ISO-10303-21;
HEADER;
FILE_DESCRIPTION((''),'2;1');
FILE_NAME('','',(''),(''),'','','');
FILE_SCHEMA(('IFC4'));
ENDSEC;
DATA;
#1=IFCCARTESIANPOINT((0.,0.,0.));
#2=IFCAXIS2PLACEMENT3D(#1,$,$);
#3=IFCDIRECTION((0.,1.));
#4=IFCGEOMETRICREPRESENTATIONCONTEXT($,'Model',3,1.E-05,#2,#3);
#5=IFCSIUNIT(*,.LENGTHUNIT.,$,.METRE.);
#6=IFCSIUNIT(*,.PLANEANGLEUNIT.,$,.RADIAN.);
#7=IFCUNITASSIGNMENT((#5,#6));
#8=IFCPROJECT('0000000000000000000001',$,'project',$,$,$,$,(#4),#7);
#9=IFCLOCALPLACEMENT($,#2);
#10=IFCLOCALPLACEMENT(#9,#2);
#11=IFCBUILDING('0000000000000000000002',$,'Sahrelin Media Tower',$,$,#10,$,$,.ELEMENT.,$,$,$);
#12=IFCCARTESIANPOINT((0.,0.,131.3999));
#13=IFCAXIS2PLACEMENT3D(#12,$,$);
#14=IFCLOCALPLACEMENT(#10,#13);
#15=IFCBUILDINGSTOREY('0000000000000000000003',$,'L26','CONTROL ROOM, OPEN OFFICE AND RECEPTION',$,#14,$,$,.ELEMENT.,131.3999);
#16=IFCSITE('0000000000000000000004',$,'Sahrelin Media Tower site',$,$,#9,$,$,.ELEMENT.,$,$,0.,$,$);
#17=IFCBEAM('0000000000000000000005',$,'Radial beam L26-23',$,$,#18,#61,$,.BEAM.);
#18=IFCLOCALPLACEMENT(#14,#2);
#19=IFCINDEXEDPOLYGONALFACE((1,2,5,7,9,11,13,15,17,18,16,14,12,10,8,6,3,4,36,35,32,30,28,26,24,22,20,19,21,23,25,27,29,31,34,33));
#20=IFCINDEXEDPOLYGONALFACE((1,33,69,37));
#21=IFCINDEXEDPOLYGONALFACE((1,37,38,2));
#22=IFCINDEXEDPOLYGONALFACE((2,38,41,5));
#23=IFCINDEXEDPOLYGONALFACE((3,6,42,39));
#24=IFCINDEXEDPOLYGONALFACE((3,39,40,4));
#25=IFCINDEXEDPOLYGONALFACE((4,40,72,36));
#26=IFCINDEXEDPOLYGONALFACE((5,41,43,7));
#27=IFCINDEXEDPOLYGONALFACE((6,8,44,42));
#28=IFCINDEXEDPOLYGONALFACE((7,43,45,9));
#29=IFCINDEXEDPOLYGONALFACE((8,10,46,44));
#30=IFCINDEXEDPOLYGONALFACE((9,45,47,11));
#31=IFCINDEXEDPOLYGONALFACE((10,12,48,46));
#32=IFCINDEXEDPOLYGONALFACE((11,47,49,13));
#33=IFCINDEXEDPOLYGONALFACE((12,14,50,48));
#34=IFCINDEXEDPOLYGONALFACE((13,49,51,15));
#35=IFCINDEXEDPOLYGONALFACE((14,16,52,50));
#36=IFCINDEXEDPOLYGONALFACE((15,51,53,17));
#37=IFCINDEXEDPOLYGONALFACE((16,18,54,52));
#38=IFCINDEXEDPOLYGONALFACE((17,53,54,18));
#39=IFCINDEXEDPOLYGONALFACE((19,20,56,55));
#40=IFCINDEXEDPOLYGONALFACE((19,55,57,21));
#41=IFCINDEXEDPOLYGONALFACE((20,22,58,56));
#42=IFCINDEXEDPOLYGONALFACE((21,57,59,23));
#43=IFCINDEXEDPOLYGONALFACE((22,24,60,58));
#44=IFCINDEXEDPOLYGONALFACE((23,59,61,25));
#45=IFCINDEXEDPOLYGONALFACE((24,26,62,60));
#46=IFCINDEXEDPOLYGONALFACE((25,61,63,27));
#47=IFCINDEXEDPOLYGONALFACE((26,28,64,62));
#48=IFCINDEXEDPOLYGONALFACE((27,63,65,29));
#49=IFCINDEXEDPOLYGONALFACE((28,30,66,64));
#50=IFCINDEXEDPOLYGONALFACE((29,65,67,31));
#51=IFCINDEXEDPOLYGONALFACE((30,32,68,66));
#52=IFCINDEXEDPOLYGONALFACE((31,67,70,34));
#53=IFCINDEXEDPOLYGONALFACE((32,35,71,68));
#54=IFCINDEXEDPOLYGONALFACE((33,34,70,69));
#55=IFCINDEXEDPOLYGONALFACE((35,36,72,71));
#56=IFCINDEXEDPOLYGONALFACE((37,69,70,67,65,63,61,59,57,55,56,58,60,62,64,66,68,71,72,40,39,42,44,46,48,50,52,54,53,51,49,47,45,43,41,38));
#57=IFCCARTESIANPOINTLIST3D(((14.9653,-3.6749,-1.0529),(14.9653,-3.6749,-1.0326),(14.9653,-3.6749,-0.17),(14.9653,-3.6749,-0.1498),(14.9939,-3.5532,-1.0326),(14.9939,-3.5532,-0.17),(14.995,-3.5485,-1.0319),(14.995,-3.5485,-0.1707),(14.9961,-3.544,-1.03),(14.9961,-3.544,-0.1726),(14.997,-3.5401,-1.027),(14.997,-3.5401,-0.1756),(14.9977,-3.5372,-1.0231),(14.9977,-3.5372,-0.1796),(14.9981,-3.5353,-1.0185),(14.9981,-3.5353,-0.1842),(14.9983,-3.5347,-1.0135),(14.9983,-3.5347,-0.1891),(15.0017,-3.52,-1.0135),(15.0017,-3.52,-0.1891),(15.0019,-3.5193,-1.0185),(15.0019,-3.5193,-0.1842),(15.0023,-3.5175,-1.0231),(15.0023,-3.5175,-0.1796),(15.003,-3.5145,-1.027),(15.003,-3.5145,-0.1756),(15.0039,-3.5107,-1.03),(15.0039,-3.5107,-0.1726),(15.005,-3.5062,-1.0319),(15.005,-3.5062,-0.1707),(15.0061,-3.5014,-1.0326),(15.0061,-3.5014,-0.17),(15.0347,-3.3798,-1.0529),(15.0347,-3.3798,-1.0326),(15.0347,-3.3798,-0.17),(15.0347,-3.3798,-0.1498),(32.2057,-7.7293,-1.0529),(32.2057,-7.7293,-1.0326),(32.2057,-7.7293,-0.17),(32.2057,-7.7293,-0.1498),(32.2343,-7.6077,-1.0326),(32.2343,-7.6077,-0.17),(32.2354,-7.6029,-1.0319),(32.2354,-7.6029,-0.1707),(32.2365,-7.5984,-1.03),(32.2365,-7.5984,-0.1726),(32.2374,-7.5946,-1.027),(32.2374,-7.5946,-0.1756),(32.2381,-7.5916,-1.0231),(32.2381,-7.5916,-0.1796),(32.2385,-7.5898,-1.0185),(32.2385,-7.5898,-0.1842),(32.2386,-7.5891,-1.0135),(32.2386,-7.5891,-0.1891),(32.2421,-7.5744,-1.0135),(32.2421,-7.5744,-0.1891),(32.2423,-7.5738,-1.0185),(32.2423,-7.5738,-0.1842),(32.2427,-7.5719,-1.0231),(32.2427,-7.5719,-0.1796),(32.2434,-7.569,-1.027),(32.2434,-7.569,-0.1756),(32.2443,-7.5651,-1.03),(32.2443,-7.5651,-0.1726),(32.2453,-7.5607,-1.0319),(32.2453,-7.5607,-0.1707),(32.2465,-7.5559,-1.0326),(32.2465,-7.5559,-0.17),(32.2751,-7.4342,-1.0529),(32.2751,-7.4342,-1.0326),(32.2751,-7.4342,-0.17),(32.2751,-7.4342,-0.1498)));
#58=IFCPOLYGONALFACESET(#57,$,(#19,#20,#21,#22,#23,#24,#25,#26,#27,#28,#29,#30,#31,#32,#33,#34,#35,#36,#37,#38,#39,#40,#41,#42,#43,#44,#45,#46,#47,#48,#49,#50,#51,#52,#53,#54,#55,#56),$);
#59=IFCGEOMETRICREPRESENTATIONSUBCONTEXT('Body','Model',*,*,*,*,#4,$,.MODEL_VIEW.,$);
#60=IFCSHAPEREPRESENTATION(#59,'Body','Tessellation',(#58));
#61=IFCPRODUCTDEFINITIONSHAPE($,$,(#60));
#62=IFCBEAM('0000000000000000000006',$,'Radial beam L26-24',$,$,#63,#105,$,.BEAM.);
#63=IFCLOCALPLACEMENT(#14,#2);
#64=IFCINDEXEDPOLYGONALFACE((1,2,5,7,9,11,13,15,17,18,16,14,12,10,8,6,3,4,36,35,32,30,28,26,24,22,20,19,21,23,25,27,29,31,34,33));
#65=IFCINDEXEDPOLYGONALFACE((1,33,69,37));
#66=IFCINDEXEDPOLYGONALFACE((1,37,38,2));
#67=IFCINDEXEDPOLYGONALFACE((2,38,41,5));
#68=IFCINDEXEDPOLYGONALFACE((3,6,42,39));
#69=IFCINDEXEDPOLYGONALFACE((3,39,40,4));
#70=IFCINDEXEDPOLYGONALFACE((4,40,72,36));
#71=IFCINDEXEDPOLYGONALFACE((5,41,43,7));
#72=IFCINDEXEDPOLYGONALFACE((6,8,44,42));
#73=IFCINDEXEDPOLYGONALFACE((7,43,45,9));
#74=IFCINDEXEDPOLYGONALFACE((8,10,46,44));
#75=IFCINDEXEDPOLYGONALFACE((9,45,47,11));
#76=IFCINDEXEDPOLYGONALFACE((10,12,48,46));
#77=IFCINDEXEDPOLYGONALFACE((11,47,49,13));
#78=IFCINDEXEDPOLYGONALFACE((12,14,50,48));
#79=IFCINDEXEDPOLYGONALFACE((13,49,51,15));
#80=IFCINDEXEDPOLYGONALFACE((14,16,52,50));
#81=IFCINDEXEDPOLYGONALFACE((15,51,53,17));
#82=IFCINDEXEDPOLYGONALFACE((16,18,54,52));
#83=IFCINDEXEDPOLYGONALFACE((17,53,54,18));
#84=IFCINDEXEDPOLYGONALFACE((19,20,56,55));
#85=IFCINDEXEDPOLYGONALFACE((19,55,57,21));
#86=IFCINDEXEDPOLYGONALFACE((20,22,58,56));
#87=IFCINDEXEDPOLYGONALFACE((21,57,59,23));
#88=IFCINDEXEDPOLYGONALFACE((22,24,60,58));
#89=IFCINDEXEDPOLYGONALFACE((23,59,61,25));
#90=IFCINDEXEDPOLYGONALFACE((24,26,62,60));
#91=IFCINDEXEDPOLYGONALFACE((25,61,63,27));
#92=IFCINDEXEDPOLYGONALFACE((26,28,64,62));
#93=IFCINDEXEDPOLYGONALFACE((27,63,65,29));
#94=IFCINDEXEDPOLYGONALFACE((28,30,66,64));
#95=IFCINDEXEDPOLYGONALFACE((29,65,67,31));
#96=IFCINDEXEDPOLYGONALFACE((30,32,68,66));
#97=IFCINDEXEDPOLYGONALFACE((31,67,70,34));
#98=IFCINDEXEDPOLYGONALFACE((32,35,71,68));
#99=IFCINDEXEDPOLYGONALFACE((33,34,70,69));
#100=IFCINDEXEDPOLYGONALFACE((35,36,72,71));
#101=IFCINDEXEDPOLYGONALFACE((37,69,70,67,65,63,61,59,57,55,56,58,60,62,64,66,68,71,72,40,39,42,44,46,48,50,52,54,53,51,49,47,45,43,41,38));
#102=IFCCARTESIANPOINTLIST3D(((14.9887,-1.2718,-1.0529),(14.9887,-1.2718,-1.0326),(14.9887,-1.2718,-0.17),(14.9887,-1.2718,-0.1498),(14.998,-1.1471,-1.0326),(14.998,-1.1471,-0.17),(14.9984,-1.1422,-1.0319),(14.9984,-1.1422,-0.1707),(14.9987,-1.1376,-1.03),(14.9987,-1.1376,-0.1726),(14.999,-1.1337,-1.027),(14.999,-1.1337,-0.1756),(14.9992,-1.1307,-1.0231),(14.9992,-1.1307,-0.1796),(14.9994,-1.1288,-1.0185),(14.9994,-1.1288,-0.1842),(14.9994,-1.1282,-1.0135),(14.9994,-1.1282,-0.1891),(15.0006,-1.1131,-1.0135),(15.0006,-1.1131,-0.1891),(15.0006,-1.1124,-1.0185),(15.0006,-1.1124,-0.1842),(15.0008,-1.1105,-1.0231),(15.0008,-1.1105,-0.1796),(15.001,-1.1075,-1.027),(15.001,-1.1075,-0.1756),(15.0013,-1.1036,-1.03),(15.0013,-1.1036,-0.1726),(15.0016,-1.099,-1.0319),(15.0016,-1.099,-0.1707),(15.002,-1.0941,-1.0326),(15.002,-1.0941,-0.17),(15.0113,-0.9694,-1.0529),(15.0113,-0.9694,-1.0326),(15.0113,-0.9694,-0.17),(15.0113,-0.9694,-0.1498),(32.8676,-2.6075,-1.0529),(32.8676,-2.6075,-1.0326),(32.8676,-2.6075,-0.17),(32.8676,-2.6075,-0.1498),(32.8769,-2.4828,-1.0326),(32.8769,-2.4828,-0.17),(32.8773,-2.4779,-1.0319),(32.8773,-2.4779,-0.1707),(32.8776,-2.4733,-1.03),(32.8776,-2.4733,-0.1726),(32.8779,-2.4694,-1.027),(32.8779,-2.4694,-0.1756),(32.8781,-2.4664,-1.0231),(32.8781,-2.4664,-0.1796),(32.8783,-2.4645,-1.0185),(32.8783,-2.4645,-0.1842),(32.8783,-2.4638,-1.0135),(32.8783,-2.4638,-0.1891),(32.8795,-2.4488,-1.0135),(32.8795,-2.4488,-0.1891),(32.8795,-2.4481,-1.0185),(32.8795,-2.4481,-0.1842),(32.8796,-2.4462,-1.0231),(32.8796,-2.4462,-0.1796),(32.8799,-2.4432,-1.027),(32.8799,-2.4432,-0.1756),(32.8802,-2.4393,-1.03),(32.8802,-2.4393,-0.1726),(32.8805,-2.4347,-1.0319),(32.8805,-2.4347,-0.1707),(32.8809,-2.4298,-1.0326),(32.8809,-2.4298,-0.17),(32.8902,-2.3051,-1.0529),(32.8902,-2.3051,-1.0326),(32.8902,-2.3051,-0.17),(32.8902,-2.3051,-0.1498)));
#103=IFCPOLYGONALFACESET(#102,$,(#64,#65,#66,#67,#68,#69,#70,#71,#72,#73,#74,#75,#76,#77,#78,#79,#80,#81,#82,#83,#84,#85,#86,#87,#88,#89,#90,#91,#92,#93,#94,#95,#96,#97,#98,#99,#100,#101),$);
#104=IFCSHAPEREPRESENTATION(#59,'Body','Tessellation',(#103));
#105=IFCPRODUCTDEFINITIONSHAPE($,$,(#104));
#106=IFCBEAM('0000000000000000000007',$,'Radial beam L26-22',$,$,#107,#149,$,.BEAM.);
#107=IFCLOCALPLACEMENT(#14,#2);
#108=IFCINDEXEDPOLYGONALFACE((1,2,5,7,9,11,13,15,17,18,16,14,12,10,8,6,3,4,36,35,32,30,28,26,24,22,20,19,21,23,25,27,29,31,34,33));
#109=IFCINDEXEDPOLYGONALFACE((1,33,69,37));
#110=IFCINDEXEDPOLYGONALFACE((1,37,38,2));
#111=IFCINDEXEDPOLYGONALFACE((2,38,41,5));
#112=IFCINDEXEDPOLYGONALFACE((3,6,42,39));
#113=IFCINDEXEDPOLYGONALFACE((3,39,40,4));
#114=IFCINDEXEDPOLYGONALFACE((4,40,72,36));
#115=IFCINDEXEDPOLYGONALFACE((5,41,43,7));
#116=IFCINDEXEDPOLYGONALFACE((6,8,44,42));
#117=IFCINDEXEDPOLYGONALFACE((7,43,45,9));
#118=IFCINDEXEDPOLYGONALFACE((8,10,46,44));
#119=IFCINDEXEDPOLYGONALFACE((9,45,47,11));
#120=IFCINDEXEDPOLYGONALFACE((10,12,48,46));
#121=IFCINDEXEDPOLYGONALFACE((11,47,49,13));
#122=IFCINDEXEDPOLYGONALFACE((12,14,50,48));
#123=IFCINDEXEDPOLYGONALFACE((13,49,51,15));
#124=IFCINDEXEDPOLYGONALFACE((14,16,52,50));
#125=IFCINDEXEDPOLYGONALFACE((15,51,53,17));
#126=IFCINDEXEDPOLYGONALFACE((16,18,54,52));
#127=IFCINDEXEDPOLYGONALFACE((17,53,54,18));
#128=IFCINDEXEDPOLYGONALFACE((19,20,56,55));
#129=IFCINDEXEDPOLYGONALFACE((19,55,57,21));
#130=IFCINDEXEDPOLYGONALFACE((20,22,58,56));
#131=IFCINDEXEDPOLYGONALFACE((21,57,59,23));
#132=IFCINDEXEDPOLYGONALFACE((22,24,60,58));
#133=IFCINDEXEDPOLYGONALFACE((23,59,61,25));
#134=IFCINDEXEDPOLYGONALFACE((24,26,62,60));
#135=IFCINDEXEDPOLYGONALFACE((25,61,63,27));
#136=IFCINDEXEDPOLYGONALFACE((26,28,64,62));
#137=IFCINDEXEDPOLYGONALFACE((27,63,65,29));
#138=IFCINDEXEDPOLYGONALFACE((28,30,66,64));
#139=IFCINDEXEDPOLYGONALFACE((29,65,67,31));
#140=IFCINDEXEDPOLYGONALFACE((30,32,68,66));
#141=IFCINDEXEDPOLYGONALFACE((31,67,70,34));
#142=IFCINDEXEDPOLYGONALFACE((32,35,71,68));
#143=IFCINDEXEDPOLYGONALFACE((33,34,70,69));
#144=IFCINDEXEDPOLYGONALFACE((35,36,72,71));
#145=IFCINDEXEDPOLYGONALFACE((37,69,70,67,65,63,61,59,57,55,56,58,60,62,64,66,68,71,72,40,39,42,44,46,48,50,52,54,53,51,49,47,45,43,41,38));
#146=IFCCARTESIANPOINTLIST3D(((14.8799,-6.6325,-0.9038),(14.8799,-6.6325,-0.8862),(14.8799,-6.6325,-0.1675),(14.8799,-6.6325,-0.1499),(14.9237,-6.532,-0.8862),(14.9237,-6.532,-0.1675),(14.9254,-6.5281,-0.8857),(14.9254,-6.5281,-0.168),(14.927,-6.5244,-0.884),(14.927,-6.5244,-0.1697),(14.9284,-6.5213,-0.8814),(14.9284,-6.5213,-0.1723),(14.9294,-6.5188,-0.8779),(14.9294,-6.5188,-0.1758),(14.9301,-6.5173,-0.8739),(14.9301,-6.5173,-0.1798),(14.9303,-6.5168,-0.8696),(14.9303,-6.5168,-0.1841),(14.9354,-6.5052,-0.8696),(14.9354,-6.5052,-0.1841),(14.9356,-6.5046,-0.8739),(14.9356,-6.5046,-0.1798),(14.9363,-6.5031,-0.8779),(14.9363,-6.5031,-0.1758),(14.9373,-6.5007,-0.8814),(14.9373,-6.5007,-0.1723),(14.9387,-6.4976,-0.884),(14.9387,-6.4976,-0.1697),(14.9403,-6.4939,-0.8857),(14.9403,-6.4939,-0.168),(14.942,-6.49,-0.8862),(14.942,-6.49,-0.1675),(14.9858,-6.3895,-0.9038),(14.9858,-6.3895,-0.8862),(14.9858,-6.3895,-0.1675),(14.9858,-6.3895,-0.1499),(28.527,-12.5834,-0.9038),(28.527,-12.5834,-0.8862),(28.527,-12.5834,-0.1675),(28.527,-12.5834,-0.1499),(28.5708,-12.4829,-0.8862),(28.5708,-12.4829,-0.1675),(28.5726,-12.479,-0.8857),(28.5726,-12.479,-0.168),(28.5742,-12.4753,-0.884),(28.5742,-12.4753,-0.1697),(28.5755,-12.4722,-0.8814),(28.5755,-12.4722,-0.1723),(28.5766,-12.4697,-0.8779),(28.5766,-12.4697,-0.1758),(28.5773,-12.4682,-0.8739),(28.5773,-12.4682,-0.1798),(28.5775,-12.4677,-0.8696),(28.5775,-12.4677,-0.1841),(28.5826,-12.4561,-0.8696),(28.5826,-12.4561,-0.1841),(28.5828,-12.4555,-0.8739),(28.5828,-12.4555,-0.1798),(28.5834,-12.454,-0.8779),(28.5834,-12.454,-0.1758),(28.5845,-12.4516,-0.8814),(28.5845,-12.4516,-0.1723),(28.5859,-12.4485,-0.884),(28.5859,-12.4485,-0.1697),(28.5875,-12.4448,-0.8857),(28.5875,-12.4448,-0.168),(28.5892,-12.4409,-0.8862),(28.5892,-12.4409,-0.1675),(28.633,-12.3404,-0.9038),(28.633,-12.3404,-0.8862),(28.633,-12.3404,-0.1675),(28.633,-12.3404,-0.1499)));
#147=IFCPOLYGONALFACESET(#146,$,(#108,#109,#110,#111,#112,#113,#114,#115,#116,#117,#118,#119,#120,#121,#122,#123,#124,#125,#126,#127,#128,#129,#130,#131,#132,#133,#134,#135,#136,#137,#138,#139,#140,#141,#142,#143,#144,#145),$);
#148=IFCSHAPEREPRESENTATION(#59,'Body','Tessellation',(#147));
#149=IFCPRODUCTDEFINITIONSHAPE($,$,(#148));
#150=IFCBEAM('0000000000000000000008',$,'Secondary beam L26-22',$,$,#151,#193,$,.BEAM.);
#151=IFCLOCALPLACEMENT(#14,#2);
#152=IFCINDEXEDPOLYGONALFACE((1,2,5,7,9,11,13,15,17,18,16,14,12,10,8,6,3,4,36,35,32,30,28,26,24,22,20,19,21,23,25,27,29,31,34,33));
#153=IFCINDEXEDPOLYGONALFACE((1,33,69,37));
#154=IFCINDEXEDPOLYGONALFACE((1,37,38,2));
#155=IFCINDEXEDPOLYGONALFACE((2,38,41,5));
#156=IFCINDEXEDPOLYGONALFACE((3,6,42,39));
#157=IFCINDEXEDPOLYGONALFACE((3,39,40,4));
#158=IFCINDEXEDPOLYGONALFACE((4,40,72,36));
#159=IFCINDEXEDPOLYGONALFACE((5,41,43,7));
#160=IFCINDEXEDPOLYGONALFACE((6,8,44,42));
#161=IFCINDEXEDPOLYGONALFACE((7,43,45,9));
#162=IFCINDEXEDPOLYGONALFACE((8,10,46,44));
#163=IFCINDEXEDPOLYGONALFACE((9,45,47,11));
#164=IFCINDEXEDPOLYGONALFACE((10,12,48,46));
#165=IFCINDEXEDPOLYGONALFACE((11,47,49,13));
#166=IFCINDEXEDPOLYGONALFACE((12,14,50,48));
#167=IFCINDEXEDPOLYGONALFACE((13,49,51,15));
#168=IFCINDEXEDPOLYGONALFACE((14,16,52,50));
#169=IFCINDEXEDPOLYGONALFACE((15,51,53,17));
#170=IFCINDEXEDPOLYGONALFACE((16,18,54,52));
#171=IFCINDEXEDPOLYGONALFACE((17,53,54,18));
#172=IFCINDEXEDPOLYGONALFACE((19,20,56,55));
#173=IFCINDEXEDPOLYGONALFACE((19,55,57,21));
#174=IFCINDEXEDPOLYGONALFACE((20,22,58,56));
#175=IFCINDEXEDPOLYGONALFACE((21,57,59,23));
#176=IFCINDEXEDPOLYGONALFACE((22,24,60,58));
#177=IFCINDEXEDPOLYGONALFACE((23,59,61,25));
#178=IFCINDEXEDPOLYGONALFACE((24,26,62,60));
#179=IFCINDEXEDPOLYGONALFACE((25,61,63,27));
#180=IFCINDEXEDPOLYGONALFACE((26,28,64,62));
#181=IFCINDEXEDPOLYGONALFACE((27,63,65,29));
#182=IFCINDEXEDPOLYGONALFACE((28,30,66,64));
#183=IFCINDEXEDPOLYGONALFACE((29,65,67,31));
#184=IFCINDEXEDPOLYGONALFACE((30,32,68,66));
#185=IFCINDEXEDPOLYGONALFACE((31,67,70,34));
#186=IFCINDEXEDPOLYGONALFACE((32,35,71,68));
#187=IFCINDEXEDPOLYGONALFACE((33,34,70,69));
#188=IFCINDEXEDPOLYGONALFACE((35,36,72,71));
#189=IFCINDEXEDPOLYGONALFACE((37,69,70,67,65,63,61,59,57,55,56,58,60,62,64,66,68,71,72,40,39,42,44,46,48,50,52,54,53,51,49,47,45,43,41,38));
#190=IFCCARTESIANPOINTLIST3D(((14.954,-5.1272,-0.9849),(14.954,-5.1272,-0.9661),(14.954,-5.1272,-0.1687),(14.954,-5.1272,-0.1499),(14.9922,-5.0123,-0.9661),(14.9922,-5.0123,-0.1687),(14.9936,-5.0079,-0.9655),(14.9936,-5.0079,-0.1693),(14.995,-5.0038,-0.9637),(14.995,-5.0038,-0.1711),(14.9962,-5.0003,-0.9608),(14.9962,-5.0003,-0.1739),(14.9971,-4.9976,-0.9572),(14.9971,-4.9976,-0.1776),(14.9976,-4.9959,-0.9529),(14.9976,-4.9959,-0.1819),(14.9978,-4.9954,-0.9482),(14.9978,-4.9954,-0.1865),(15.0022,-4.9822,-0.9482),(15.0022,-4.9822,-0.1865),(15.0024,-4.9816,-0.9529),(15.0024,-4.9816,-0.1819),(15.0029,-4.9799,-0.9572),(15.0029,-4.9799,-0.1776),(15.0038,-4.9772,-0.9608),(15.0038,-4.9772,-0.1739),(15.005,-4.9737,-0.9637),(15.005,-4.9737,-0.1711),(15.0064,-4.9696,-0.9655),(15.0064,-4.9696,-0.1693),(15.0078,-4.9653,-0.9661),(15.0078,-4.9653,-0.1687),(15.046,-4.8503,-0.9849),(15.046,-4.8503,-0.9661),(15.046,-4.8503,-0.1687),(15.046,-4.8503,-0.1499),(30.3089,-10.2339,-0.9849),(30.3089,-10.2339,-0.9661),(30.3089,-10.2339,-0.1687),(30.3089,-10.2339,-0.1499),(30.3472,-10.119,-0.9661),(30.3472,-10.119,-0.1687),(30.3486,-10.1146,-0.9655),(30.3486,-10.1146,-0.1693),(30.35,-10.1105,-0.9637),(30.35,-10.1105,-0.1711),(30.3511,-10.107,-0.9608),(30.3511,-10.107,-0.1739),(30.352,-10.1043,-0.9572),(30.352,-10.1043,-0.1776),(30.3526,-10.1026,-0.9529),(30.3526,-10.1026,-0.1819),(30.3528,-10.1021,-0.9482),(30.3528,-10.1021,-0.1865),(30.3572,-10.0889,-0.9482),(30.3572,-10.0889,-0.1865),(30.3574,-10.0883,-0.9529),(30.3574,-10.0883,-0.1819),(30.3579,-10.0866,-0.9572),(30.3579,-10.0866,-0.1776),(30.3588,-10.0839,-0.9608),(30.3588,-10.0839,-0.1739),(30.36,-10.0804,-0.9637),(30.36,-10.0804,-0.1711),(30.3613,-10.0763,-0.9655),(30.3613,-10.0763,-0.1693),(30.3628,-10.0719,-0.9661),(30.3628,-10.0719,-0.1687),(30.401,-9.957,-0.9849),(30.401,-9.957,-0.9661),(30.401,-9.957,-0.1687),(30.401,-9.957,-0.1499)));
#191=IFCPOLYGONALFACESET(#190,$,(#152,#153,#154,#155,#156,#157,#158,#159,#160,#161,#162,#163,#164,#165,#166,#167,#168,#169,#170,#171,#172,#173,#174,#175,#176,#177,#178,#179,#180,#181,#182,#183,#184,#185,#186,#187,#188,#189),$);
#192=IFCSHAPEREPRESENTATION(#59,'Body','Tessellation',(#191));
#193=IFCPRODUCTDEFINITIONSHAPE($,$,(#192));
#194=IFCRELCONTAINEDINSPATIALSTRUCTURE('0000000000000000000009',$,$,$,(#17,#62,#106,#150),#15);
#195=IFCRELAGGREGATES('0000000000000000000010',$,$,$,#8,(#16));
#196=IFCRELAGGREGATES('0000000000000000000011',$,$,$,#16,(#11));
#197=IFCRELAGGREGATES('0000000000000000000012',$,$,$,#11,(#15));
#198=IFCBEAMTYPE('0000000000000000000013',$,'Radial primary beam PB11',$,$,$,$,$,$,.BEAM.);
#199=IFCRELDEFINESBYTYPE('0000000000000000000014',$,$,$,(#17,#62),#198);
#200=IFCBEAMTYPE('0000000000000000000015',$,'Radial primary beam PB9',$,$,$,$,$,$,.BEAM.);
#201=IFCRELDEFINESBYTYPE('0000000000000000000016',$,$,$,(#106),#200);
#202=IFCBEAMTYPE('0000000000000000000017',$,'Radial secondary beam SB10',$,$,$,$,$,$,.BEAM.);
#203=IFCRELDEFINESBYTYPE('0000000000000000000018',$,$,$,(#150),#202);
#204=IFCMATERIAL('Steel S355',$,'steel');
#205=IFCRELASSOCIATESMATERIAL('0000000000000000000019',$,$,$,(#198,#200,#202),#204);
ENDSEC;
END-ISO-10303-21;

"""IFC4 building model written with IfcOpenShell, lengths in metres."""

from ifc_helpers import new_model, si_unit, direction, frame, origin, origin_2d, place, context, subcontext, project, spatial, i_section, extrude, material, material_profile, profile_set, type_object, element, save


model = new_model("IFC4")

# Units and contexts
model_context = context("Model", 3, precision=1e-05, world=origin(), true_north=direction((0.0, 1.0)))
body_context = subcontext(model_context, "Body", "Model", "MODEL_VIEW")
ifc_project = project(units=[si_unit("LENGTHUNIT", "METRE"), si_unit("PLANEANGLEUNIT", "RADIAN")], contexts=[model_context])

# Site, building, storey
site_placement = place(None, origin())
site = spatial("IfcSite", under=ifc_project, at=site_placement, Name="Sahrelin Media Tower site", CompositionType="ELEMENT", RefElevation=0.0)
building_placement = place(site_placement, origin())
building = spatial("IfcBuilding", under=site, at=building_placement, Name="Sahrelin Media Tower", CompositionType="ELEMENT")
storey_placement = place(building_placement, frame((0.0, 0.0, 131.3999)))
storey = spatial("IfcBuildingStorey", under=building, at=storey_placement, Name="L26", Description="CONTROL ROOM, OPEN OFFICE AND RECEPTION", CompositionType="ELEMENT", Elevation=131.3999)

# Beams
ifc_material_1 = material(Name="Steel S355", Category="steel")
ifc_material_profile_1 = material_profile(ifc_material_1, i_section(OverallWidth=0.3032, OverallDepth=0.9031, WebThickness=0.0151, FlangeThickness=0.0203, FilletRadius=0.019, at=origin_2d()), Name="UB 914x305x201")
ifc_profile_set_1 = profile_set([ifc_material_profile_1], Name="Steel S355")
beam_type_1 = type_object("IfcBeamType", Name="Radial primary beam PB11", PredefinedType="BEAM", material=ifc_profile_set_1)
beam_1_placement = place(storey_placement, frame((15.0, -3.5273, -0.6013), z_axis=(0.973444, -0.228925, 0.0), x_axis=(0.228925, 0.973444, 0.0)))
element("IfcBeam", 1, at=beam_1_placement, inside=storey, type_object=beam_type_1, Name="Radial beam L26-23", PredefinedType="BEAM", context=body_context, shape_type="SweptSolid", body=[
    extrude(i_section(OverallWidth=0.3032, OverallDepth=0.9031, WebThickness=0.0151, FlangeThickness=0.0203, FilletRadius=0.019, at=origin_2d()), origin(), (0.0, 0.0, 1.0), 17.7107),
])
beam_2_placement = place(storey_placement, frame((15.0, -1.1206, -0.6013), z_axis=(0.997221, -0.0745, 0.0), x_axis=(0.0745, 0.997221, 0.0)))
element("IfcBeam", 2, at=beam_2_placement, inside=storey, type_object=beam_type_1, Name="Radial beam L26-24", PredefinedType="BEAM", context=body_context, shape_type="SweptSolid", body=[
    extrude(i_section(OverallWidth=0.3032, OverallDepth=0.9031, WebThickness=0.0151, FlangeThickness=0.0203, FilletRadius=0.019, at=origin_2d()), origin(), (0.0, 0.0, 1.0), 17.9287),
])
ifc_material_profile_2 = material_profile(ifc_material_1, i_section(OverallWidth=0.2651, OverallDepth=0.7539, WebThickness=0.0127, FlangeThickness=0.0176, FilletRadius=0.0166, at=origin_2d()), Name="UB 762x267x147")
ifc_profile_set_2 = profile_set([ifc_material_profile_2], Name="Steel S355")
beam_type_2 = type_object("IfcBeamType", Name="Radial primary beam PB9", PredefinedType="BEAM", material=ifc_profile_set_2)
beam_3_placement = place(storey_placement, frame((14.9329, -6.511, -0.5269), z_axis=(0.916643, -0.399706, 0.0), x_axis=(0.399706, 0.916643, 0.0)))
element("IfcBeam", 3, at=beam_3_placement, inside=storey, type_object=beam_type_2, Name="Radial beam L26-22", PredefinedType="BEAM", context=body_context, shape_type="SweptSolid", body=[
    extrude(i_section(OverallWidth=0.2651, OverallDepth=0.7539, WebThickness=0.0127, FlangeThickness=0.0176, FilletRadius=0.0166, at=origin_2d()), origin(), (0.0, 0.0, 1.0), 14.8882),
])
ifc_material_profile_3 = material_profile(ifc_material_1, i_section(OverallWidth=0.2917, OverallDepth=0.835, WebThickness=0.0139, FlangeThickness=0.0188, FilletRadius=0.0178, at=origin_2d()), Name="UB 838x292x176")
ifc_profile_set_3 = profile_set([ifc_material_profile_3], Name="Steel S355")
beam_type_3 = type_object("IfcBeamType", Name="Radial secondary beam SB10", PredefinedType="BEAM", material=ifc_profile_set_3)
beam_4_placement = place(storey_placement, frame((15.0, -4.9888, -0.5674), z_axis=(0.948899, -0.31558, 0.0), x_axis=(0.31558, 0.948899, 0.0)))
element("IfcBeam", 4, at=beam_4_placement, inside=storey, type_object=beam_type_3, Name="Secondary beam L26-22", PredefinedType="BEAM", context=body_context, shape_type="SweptSolid", body=[
    extrude(i_section(OverallWidth=0.2917, OverallDepth=0.835, WebThickness=0.0139, FlangeThickness=0.0188, FilletRadius=0.0178, at=origin_2d()), origin(), (0.0, 0.0, 1.0), 16.1819),
])

save(model, "model.ifc")
